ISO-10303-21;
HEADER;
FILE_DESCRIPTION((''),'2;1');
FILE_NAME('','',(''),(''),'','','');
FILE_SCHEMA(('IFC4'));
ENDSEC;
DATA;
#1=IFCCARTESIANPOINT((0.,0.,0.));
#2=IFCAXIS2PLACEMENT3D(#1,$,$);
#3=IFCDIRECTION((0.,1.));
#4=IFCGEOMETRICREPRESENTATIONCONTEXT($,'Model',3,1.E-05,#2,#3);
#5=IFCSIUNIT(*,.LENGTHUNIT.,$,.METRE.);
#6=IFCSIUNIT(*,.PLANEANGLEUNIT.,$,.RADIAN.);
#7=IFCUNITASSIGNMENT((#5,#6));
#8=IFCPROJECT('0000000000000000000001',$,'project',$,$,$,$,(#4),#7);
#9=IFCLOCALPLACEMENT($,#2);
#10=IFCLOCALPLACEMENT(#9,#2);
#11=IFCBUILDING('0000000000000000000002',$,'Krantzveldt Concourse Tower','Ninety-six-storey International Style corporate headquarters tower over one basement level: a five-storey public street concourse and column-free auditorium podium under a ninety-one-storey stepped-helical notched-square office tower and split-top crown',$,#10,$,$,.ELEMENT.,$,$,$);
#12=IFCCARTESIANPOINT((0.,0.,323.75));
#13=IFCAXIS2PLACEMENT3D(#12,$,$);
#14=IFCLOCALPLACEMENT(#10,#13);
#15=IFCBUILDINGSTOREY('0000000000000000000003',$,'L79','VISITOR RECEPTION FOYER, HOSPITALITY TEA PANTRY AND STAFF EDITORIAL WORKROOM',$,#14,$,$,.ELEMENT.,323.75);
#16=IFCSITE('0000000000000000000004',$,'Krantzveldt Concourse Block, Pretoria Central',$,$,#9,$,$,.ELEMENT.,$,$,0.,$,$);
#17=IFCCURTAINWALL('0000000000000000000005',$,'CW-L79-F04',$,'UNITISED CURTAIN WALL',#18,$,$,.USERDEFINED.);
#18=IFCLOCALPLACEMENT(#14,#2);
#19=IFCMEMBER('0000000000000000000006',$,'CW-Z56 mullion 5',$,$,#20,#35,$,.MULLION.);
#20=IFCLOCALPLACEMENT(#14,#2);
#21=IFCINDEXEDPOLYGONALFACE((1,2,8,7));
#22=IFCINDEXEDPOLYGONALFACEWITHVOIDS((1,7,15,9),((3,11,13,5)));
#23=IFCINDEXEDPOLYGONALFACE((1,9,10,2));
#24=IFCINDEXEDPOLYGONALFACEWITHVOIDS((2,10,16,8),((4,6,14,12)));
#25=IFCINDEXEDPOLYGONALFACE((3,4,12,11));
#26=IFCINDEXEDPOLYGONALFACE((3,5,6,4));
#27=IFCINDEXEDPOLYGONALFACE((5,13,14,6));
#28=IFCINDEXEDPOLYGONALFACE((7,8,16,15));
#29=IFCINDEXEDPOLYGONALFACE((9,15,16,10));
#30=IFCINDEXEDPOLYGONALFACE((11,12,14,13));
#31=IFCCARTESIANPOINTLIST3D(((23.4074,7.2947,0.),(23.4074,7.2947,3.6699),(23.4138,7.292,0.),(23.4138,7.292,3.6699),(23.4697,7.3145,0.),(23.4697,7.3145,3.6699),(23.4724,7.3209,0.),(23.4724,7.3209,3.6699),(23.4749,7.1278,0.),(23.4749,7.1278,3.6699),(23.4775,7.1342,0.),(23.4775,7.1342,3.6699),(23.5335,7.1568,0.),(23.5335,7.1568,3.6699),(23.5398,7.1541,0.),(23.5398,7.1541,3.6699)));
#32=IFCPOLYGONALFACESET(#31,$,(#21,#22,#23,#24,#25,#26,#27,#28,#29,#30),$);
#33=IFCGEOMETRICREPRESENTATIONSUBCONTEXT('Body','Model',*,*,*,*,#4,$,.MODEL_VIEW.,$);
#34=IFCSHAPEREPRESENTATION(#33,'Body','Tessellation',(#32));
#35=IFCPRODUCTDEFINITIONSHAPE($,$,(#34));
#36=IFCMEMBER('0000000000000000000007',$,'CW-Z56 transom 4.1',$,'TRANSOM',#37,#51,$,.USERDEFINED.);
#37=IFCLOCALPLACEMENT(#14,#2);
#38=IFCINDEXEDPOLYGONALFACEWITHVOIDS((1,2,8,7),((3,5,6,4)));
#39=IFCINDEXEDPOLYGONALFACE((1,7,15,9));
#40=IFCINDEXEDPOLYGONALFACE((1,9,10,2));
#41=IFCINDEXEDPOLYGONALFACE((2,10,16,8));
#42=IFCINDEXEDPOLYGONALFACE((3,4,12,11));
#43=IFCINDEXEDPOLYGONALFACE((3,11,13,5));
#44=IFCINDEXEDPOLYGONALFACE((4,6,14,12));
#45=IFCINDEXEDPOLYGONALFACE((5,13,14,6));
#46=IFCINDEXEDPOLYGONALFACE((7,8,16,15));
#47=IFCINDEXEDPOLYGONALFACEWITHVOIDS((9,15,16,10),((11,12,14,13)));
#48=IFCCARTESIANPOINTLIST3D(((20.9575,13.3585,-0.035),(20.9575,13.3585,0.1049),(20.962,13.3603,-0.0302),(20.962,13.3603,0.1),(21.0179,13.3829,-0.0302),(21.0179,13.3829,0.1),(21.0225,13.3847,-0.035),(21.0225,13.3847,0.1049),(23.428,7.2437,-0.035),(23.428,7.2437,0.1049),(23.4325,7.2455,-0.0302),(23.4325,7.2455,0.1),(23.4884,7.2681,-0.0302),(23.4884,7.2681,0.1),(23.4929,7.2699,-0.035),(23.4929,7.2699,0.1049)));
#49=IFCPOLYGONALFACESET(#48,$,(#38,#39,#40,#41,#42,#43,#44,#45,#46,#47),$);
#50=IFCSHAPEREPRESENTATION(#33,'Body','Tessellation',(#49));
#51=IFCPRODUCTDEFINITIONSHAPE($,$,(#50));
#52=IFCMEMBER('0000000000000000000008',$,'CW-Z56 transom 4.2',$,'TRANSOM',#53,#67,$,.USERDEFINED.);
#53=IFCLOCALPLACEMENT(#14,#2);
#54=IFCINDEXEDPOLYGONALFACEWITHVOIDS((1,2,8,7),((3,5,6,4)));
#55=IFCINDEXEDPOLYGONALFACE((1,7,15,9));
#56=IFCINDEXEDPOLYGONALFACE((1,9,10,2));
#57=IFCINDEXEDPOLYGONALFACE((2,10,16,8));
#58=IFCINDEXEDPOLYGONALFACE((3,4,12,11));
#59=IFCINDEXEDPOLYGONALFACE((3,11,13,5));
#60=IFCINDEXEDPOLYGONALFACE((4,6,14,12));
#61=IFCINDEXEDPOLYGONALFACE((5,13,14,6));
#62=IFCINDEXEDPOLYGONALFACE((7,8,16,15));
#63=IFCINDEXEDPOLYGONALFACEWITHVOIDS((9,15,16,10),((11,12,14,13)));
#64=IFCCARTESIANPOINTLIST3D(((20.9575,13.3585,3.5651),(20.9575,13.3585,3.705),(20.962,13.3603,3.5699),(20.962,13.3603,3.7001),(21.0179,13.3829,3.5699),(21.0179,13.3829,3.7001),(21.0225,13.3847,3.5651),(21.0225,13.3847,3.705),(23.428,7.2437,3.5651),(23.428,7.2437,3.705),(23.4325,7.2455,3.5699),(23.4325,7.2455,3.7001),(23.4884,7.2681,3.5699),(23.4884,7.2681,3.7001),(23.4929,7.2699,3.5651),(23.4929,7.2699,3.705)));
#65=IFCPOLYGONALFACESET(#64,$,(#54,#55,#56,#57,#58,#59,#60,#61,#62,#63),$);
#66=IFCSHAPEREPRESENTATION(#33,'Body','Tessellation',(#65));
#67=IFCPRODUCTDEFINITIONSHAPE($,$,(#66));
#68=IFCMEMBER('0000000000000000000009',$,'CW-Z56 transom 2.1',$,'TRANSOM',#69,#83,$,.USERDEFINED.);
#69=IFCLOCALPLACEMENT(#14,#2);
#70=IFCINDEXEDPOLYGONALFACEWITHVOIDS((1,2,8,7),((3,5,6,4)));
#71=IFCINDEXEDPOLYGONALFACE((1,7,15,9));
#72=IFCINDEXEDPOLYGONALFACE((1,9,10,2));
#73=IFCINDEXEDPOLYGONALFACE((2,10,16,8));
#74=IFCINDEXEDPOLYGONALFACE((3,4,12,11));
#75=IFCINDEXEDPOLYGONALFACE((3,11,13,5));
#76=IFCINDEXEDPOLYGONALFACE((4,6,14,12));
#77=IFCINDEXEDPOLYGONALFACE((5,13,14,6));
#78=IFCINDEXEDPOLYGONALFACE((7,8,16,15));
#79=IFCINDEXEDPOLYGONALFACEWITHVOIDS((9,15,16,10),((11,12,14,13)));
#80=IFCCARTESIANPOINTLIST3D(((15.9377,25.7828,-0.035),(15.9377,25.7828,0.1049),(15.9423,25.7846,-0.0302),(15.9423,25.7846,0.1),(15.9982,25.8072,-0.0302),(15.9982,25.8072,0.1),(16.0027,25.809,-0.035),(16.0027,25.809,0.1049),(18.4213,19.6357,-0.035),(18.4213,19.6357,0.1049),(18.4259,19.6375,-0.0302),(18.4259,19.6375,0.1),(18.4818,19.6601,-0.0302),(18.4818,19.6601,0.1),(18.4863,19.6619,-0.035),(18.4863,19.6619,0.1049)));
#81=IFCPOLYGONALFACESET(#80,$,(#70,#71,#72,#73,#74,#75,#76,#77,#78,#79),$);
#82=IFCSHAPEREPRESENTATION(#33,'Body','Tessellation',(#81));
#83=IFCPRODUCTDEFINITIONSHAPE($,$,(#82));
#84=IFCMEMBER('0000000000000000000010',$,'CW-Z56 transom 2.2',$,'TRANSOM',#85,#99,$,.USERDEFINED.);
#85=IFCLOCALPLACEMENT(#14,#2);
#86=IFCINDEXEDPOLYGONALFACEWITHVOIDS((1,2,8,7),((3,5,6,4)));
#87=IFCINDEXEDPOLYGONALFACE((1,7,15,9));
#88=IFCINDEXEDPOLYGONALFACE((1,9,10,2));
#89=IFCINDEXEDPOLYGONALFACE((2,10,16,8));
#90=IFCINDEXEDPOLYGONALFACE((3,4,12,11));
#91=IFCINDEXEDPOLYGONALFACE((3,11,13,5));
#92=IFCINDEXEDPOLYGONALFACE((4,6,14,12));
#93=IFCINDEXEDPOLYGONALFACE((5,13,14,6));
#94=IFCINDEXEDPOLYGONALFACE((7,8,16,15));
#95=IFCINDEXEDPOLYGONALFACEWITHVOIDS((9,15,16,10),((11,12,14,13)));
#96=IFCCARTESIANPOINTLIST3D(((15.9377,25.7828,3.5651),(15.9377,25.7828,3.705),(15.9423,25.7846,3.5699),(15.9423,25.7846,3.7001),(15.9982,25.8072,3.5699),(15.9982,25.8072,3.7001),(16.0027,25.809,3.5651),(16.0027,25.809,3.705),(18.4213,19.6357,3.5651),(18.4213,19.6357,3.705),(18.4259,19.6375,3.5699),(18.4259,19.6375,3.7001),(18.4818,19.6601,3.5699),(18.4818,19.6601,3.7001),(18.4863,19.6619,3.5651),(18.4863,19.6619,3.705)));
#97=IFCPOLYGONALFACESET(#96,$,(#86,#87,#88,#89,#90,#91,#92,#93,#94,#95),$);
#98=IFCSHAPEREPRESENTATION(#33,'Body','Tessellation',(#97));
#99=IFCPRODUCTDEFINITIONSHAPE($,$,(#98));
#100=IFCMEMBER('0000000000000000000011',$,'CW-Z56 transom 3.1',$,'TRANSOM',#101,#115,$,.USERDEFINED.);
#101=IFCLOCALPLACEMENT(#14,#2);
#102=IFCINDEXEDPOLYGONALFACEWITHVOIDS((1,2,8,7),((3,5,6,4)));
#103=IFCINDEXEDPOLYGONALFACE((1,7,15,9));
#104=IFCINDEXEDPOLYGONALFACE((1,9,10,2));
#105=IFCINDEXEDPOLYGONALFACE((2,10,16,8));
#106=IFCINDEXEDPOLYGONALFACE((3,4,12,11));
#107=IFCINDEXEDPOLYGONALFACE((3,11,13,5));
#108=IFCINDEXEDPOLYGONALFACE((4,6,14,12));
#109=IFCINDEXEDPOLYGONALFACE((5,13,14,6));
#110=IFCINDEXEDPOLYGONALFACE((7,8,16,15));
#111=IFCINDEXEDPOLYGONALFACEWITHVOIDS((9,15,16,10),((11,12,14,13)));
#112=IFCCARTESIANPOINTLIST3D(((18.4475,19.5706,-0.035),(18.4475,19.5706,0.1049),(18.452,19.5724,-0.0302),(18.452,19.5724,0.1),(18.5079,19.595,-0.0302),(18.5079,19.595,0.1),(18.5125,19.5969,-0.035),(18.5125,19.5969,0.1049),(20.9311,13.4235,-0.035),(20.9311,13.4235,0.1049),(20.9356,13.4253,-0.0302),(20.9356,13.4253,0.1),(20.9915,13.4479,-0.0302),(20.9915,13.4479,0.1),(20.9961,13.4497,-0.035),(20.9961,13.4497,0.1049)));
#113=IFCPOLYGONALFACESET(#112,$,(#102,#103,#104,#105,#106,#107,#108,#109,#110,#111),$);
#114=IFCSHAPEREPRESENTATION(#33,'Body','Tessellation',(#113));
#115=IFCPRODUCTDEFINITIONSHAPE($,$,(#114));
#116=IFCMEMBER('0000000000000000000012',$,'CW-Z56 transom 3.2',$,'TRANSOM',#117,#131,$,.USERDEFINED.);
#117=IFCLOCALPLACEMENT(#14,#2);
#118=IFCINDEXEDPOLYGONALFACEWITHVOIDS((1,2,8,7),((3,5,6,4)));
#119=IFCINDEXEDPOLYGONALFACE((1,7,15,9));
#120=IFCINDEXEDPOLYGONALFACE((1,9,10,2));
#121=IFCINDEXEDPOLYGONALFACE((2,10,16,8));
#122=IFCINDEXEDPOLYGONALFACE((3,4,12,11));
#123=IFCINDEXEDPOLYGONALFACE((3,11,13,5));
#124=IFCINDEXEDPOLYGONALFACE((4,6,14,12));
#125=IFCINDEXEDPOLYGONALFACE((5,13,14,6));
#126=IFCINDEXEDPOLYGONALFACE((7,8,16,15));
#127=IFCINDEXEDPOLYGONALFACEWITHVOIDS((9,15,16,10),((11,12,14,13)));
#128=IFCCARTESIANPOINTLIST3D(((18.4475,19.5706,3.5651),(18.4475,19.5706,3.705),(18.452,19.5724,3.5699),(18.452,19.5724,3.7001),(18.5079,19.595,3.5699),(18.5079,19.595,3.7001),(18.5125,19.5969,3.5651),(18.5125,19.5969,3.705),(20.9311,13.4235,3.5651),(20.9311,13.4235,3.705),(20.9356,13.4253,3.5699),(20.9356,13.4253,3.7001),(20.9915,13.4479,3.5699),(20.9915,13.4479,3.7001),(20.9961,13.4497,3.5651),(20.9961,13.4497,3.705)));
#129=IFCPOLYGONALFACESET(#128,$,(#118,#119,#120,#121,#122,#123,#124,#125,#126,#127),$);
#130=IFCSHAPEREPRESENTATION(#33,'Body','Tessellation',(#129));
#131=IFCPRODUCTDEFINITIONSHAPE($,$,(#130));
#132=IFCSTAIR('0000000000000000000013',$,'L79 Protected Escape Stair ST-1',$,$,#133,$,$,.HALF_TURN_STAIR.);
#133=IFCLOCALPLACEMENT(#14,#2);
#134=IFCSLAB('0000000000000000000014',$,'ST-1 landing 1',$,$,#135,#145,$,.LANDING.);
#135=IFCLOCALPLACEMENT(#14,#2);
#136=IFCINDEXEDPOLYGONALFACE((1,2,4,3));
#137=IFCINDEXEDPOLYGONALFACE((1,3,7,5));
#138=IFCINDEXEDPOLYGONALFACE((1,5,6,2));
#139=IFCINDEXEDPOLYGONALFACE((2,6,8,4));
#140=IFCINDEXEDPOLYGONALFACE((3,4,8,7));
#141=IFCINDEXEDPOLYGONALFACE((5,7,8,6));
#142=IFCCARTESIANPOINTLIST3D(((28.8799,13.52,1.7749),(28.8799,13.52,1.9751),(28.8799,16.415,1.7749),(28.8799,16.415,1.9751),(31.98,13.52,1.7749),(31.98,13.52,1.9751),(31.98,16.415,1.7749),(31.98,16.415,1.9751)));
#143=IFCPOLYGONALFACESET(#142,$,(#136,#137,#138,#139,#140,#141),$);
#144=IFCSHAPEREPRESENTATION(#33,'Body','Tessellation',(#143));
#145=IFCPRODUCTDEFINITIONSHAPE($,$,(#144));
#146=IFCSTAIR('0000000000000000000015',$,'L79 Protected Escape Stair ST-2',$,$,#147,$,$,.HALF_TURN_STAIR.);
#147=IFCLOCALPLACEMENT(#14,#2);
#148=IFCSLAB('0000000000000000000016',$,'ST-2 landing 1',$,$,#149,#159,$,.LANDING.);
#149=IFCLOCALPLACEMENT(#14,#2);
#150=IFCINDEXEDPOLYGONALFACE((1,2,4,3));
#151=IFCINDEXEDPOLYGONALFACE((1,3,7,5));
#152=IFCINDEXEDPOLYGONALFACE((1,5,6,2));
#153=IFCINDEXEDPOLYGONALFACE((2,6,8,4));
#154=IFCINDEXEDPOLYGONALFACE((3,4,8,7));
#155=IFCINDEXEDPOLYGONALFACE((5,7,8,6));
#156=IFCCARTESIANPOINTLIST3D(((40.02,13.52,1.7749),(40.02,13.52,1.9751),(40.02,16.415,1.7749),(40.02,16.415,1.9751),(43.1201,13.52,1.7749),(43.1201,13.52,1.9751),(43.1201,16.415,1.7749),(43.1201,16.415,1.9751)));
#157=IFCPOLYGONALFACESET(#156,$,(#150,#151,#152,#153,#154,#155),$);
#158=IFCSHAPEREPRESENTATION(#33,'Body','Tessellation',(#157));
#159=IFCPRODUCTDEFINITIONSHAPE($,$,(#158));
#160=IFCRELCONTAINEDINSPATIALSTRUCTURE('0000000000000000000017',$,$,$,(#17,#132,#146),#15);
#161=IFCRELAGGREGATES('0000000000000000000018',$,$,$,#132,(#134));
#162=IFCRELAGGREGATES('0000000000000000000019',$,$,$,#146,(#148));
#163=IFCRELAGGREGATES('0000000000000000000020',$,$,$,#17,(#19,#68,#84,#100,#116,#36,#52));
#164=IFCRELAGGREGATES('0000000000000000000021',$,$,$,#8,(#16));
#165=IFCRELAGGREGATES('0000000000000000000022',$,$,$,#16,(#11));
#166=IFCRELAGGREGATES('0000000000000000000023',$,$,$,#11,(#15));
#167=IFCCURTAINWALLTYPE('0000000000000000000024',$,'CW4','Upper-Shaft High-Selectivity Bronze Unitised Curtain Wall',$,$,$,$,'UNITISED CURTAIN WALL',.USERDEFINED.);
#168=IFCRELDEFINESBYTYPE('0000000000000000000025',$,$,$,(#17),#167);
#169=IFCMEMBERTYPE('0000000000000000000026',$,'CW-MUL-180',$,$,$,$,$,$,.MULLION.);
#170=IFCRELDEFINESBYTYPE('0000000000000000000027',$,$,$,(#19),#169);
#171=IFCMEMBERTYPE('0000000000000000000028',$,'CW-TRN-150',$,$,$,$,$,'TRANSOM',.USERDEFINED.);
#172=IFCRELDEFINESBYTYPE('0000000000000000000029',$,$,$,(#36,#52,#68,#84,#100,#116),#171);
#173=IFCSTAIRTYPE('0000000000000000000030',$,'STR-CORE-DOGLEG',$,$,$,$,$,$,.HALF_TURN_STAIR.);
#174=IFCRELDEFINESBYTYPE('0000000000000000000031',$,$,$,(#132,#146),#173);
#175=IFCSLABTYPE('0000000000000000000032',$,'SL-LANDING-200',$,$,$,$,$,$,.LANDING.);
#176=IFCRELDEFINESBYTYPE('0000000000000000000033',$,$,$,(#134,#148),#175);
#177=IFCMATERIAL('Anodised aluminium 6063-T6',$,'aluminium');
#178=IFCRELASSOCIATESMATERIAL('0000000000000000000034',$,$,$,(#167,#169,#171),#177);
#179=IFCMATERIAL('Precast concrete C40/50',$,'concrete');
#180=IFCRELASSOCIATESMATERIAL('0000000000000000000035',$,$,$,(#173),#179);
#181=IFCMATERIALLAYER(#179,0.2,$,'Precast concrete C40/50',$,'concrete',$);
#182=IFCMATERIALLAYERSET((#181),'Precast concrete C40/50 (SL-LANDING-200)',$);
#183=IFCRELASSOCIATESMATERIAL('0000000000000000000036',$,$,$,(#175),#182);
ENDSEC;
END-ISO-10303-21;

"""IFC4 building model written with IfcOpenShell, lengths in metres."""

from ifc_helpers import new_model, si_unit, direction, frame, origin, origin_2d, place, context, subcontext, project, spatial, polyline, hollow_rectangle, outline, extrude, source, transform, mapped, material, layer, layer_set, material_profile, profile_set, type_object, type_shapes, element, aggregate, save


model = new_model("IFC4")

# Units and contexts
model_context = context("Model", 3, precision=1e-05, world=origin(), true_north=direction((0.0, 1.0)))
body_context = subcontext(model_context, "Body", "Model", "MODEL_VIEW")
ifc_project = project(units=[si_unit("LENGTHUNIT", "METRE"), si_unit("PLANEANGLEUNIT", "RADIAN")], contexts=[model_context])

# Site, building, storey
site_placement = place(None, origin())
site = spatial("IfcSite", under=ifc_project, at=site_placement, Name="Krantzveldt Concourse Block, Pretoria Central", CompositionType="ELEMENT", RefElevation=0.0)
building_placement = place(site_placement, origin())
building = spatial("IfcBuilding", under=site, at=building_placement, Name="Krantzveldt Concourse Tower", Description="Ninety-six-storey International Style corporate headquarters tower over one basement level: a five-storey public street concourse and column-free auditorium podium under a ninety-one-storey stepped-helical notched-square office tower and split-top crown", CompositionType="ELEMENT")
storey_placement = place(building_placement, frame((0.0, 0.0, 323.75)))
storey = spatial("IfcBuildingStorey", under=building, at=storey_placement, Name="L79", Description="VISITOR RECEPTION FOYER, HOSPITALITY TEA PANTRY AND STAFF EDITORIAL WORKROOM", CompositionType="ELEMENT", Elevation=323.75)

# Curtain wall, members
ifc_material_1 = material(Name="Anodised aluminium 6063-T6", Category="aluminium")
curtain_wall_type = type_object("IfcCurtainWallType", Name="CW4", Description="Upper-Shaft High-Selectivity Bronze Unitised Curtain Wall", ElementType="UNITISED CURTAIN WALL", PredefinedType="USERDEFINED", material=ifc_material_1)
curtain_wall_placement = place(storey_placement, origin())
curtain_wall = element("IfcCurtainWall", 1, at=curtain_wall_placement, inside=storey, type_object=curtain_wall_type, Name="CW-L79-F04", ObjectType="UNITISED CURTAIN WALL", PredefinedType="USERDEFINED")
ifc_material_profile_1 = material_profile(ifc_material_1, hollow_rectangle(XDim=0.0701, YDim=0.1799, WallThickness=0.0049, at=origin_2d()), Name="Anodised aluminium 6063-T6", Category="aluminium")
ifc_profile_set_1 = profile_set([ifc_material_profile_1], Name="Anodised aluminium 6063-T6 - ALU-MULL 180x70x5")
member_type_1 = type_object("IfcMemberType", Name="CW-MUL-180", PredefinedType="MULLION", material=ifc_profile_set_1)
shared_shape_1 = source(origin(), body_context, "Body", "SweptSolid", [
    extrude(hollow_rectangle(XDim=0.0701, YDim=0.1799, WallThickness=0.0049, at=origin_2d()), origin(), (0.0, 0.0, 1.0), 3.6699),
])
type_shapes(member_type_1, [shared_shape_1])
member_1_placement = place(storey_placement, frame((23.4736, 7.2244, 0.0), z_axis=(0.0, 0.0, 1.0), x_axis=(0.927184, 0.374607, 0.0)))
member_1 = element("IfcMember", 2, at=member_1_placement, type_object=member_type_1, Name="CW-Z56 mullion 5", PredefinedType="MULLION", context=body_context, shape_type="MappedRepresentation", body=[
    mapped(shared_shape_1, transform((0.0, 0.0, 0.0), x_axis=(1.0, 0.0, 0.0), y_axis=(0.0, 1.0, 0.0), z_axis=(0.0, 0.0, 1.0), scale=1.0)),
])
ifc_material_profile_2 = material_profile(ifc_material_1, hollow_rectangle(XDim=0.0701, YDim=0.1399, WallThickness=0.0049, at=origin_2d()), Name="Anodised aluminium 6063-T6", Category="aluminium")
ifc_profile_set_2 = profile_set([ifc_material_profile_2], Name="Anodised aluminium 6063-T6 - ALU-TRAN 140x70x5")
member_type_2 = type_object("IfcMemberType", Name="CW-TRN-150", ElementType="TRANSOM", PredefinedType="USERDEFINED", material=ifc_profile_set_2)
shared_shape_2 = source(origin(), body_context, "Body", "SweptSolid", [
    extrude(hollow_rectangle(XDim=0.0701, YDim=0.1399, WallThickness=0.0049, at=origin_2d()), origin(), (0.0, 0.0, 1.0), 6.595),
])
member_2_placement = place(storey_placement, frame((20.99, 13.3716, 0.0349), z_axis=(0.374599, -0.927187, 0.0), x_axis=(0.927187, 0.374599, 0.0)))
member_2 = element("IfcMember", 3, at=member_2_placement, type_object=member_type_2, Name="CW-Z56 transom 4.1", ObjectType="TRANSOM", PredefinedType="USERDEFINED", context=body_context, shape_type="MappedRepresentation", body=[
    mapped(shared_shape_2, transform((0.0, 0.0, 0.0), x_axis=(1.0, 0.0, 0.0), y_axis=(0.0, 1.0, 0.0), z_axis=(0.0, 0.0, 1.0), scale=1.0)),
])
member_3_placement = place(storey_placement, frame((20.99, 13.3716, 3.635), z_axis=(0.374599, -0.927187, 0.0), x_axis=(0.927187, 0.374599, 0.0)))
member_3 = element("IfcMember", 4, at=member_3_placement, type_object=member_type_2, Name="CW-Z56 transom 4.2", ObjectType="TRANSOM", PredefinedType="USERDEFINED", context=body_context, shape_type="MappedRepresentation", body=[
    mapped(shared_shape_2, transform((0.0, 0.0, 0.0), x_axis=(1.0, 0.0, 0.0), y_axis=(0.0, 1.0, 0.0), z_axis=(0.0, 0.0, 1.0), scale=1.0)),
])
shared_shape_3 = source(origin(), body_context, "Body", "SweptSolid", [
    extrude(hollow_rectangle(XDim=0.0701, YDim=0.1399, WallThickness=0.0049, at=origin_2d()), origin(), (0.0, 0.0, 1.0), 6.6299),
])
type_shapes(member_type_2, [shared_shape_2, shared_shape_3])
member_4_placement = place(storey_placement, frame((15.9702, 25.7959, 0.0349), z_axis=(0.374607, -0.927184, 0.0), x_axis=(0.927184, 0.374607, 0.0)))
member_4 = element("IfcMember", 5, at=member_4_placement, type_object=member_type_2, Name="CW-Z56 transom 2.1", ObjectType="TRANSOM", PredefinedType="USERDEFINED", context=body_context, shape_type="MappedRepresentation", body=[
    mapped(shared_shape_3, transform((0.0, 0.0, 0.0), x_axis=(1.0, 0.0, 0.0), y_axis=(0.0, 1.0, 0.0), z_axis=(0.0, 0.0, 1.0), scale=1.0)),
])
member_5_placement = place(storey_placement, frame((15.9702, 25.7959, 3.635), z_axis=(0.374607, -0.927184, 0.0), x_axis=(0.927184, 0.374607, 0.0)))
member_5 = element("IfcMember", 6, at=member_5_placement, type_object=member_type_2, Name="CW-Z56 transom 2.2", ObjectType="TRANSOM", PredefinedType="USERDEFINED", context=body_context, shape_type="MappedRepresentation", body=[
    mapped(shared_shape_3, transform((0.0, 0.0, 0.0), x_axis=(1.0, 0.0, 0.0), y_axis=(0.0, 1.0, 0.0), z_axis=(0.0, 0.0, 1.0), scale=1.0)),
])
member_6_placement = place(storey_placement, frame((18.48, 19.5837, 0.0349), z_axis=(0.374607, -0.927184, 0.0), x_axis=(0.927184, 0.374607, 0.0)))
member_6 = element("IfcMember", 7, at=member_6_placement, type_object=member_type_2, Name="CW-Z56 transom 3.1", ObjectType="TRANSOM", PredefinedType="USERDEFINED", context=body_context, shape_type="MappedRepresentation", body=[
    mapped(shared_shape_3, transform((0.0, 0.0, 0.0), x_axis=(1.0, 0.0, 0.0), y_axis=(0.0, 1.0, 0.0), z_axis=(0.0, 0.0, 1.0), scale=1.0)),
])
member_7_placement = place(storey_placement, frame((18.48, 19.5837, 3.635), z_axis=(0.374607, -0.927184, 0.0), x_axis=(0.927184, 0.374607, 0.0)))
member_7 = element("IfcMember", 8, at=member_7_placement, type_object=member_type_2, Name="CW-Z56 transom 3.2", ObjectType="TRANSOM", PredefinedType="USERDEFINED", context=body_context, shape_type="MappedRepresentation", body=[
    mapped(shared_shape_3, transform((0.0, 0.0, 0.0), x_axis=(1.0, 0.0, 0.0), y_axis=(0.0, 1.0, 0.0), z_axis=(0.0, 0.0, 1.0), scale=1.0)),
])

# Stairs, slabs
ifc_material_2 = material(Name="Precast concrete C40/50", Category="concrete")
stair_type = type_object("IfcStairType", Name="STR-CORE-DOGLEG", PredefinedType="HALF_TURN_STAIR", material=ifc_material_2)
stair_1_placement = place(storey_placement, origin())
stair_1 = element("IfcStair", 9, at=stair_1_placement, inside=storey, type_object=stair_type, Name="L79 Protected Escape Stair ST-1", PredefinedType="HALF_TURN_STAIR")
ifc_layer_1 = layer(ifc_material_2, 0.2, Name="Precast concrete C40/50", Category="concrete")
ifc_layer_set_1 = layer_set([ifc_layer_1], Name="Precast concrete C40/50 (SL-LANDING-200)")
slab_type_1 = type_object("IfcSlabType", Name="SL-LANDING-200", PredefinedType="LANDING", material=ifc_layer_set_1)
slab_1_placement = place(storey_placement, frame((0.0, 0.0, 1.7749)))
slab_1 = element("IfcSlab", 10, at=slab_1_placement, type_object=slab_type_1, Name="ST-1 landing 1", PredefinedType="LANDING", context=body_context, shape_type="SweptSolid", body=[
    extrude(outline(polyline([(28.8799, 16.415), (28.8799, 13.52), (31.98, 13.52), (31.98, 16.415), (28.8799, 16.415)])), origin(), (0.0, 0.0, 1.0), 0.2002),
])
aggregate(stair_1, [slab_1])
stair_2_placement = place(storey_placement, origin())
stair_2 = element("IfcStair", 11, at=stair_2_placement, inside=storey, type_object=stair_type, Name="L79 Protected Escape Stair ST-2", PredefinedType="HALF_TURN_STAIR")
slab_2_placement = place(storey_placement, frame((0.0, 0.0, 1.7749)))
slab_2 = element("IfcSlab", 12, at=slab_2_placement, type_object=slab_type_1, Name="ST-2 landing 1", PredefinedType="LANDING", context=body_context, shape_type="SweptSolid", body=[
    extrude(outline(polyline([(40.02, 16.415), (40.02, 13.52), (43.1201, 13.52), (43.1201, 16.415), (40.02, 16.415)])), origin(), (0.0, 0.0, 1.0), 0.2002),
])
aggregate(stair_2, [slab_2])

aggregate(curtain_wall, [member_1, member_4, member_5, member_6, member_7, member_2, member_3])

save(model, "model.ifc")
